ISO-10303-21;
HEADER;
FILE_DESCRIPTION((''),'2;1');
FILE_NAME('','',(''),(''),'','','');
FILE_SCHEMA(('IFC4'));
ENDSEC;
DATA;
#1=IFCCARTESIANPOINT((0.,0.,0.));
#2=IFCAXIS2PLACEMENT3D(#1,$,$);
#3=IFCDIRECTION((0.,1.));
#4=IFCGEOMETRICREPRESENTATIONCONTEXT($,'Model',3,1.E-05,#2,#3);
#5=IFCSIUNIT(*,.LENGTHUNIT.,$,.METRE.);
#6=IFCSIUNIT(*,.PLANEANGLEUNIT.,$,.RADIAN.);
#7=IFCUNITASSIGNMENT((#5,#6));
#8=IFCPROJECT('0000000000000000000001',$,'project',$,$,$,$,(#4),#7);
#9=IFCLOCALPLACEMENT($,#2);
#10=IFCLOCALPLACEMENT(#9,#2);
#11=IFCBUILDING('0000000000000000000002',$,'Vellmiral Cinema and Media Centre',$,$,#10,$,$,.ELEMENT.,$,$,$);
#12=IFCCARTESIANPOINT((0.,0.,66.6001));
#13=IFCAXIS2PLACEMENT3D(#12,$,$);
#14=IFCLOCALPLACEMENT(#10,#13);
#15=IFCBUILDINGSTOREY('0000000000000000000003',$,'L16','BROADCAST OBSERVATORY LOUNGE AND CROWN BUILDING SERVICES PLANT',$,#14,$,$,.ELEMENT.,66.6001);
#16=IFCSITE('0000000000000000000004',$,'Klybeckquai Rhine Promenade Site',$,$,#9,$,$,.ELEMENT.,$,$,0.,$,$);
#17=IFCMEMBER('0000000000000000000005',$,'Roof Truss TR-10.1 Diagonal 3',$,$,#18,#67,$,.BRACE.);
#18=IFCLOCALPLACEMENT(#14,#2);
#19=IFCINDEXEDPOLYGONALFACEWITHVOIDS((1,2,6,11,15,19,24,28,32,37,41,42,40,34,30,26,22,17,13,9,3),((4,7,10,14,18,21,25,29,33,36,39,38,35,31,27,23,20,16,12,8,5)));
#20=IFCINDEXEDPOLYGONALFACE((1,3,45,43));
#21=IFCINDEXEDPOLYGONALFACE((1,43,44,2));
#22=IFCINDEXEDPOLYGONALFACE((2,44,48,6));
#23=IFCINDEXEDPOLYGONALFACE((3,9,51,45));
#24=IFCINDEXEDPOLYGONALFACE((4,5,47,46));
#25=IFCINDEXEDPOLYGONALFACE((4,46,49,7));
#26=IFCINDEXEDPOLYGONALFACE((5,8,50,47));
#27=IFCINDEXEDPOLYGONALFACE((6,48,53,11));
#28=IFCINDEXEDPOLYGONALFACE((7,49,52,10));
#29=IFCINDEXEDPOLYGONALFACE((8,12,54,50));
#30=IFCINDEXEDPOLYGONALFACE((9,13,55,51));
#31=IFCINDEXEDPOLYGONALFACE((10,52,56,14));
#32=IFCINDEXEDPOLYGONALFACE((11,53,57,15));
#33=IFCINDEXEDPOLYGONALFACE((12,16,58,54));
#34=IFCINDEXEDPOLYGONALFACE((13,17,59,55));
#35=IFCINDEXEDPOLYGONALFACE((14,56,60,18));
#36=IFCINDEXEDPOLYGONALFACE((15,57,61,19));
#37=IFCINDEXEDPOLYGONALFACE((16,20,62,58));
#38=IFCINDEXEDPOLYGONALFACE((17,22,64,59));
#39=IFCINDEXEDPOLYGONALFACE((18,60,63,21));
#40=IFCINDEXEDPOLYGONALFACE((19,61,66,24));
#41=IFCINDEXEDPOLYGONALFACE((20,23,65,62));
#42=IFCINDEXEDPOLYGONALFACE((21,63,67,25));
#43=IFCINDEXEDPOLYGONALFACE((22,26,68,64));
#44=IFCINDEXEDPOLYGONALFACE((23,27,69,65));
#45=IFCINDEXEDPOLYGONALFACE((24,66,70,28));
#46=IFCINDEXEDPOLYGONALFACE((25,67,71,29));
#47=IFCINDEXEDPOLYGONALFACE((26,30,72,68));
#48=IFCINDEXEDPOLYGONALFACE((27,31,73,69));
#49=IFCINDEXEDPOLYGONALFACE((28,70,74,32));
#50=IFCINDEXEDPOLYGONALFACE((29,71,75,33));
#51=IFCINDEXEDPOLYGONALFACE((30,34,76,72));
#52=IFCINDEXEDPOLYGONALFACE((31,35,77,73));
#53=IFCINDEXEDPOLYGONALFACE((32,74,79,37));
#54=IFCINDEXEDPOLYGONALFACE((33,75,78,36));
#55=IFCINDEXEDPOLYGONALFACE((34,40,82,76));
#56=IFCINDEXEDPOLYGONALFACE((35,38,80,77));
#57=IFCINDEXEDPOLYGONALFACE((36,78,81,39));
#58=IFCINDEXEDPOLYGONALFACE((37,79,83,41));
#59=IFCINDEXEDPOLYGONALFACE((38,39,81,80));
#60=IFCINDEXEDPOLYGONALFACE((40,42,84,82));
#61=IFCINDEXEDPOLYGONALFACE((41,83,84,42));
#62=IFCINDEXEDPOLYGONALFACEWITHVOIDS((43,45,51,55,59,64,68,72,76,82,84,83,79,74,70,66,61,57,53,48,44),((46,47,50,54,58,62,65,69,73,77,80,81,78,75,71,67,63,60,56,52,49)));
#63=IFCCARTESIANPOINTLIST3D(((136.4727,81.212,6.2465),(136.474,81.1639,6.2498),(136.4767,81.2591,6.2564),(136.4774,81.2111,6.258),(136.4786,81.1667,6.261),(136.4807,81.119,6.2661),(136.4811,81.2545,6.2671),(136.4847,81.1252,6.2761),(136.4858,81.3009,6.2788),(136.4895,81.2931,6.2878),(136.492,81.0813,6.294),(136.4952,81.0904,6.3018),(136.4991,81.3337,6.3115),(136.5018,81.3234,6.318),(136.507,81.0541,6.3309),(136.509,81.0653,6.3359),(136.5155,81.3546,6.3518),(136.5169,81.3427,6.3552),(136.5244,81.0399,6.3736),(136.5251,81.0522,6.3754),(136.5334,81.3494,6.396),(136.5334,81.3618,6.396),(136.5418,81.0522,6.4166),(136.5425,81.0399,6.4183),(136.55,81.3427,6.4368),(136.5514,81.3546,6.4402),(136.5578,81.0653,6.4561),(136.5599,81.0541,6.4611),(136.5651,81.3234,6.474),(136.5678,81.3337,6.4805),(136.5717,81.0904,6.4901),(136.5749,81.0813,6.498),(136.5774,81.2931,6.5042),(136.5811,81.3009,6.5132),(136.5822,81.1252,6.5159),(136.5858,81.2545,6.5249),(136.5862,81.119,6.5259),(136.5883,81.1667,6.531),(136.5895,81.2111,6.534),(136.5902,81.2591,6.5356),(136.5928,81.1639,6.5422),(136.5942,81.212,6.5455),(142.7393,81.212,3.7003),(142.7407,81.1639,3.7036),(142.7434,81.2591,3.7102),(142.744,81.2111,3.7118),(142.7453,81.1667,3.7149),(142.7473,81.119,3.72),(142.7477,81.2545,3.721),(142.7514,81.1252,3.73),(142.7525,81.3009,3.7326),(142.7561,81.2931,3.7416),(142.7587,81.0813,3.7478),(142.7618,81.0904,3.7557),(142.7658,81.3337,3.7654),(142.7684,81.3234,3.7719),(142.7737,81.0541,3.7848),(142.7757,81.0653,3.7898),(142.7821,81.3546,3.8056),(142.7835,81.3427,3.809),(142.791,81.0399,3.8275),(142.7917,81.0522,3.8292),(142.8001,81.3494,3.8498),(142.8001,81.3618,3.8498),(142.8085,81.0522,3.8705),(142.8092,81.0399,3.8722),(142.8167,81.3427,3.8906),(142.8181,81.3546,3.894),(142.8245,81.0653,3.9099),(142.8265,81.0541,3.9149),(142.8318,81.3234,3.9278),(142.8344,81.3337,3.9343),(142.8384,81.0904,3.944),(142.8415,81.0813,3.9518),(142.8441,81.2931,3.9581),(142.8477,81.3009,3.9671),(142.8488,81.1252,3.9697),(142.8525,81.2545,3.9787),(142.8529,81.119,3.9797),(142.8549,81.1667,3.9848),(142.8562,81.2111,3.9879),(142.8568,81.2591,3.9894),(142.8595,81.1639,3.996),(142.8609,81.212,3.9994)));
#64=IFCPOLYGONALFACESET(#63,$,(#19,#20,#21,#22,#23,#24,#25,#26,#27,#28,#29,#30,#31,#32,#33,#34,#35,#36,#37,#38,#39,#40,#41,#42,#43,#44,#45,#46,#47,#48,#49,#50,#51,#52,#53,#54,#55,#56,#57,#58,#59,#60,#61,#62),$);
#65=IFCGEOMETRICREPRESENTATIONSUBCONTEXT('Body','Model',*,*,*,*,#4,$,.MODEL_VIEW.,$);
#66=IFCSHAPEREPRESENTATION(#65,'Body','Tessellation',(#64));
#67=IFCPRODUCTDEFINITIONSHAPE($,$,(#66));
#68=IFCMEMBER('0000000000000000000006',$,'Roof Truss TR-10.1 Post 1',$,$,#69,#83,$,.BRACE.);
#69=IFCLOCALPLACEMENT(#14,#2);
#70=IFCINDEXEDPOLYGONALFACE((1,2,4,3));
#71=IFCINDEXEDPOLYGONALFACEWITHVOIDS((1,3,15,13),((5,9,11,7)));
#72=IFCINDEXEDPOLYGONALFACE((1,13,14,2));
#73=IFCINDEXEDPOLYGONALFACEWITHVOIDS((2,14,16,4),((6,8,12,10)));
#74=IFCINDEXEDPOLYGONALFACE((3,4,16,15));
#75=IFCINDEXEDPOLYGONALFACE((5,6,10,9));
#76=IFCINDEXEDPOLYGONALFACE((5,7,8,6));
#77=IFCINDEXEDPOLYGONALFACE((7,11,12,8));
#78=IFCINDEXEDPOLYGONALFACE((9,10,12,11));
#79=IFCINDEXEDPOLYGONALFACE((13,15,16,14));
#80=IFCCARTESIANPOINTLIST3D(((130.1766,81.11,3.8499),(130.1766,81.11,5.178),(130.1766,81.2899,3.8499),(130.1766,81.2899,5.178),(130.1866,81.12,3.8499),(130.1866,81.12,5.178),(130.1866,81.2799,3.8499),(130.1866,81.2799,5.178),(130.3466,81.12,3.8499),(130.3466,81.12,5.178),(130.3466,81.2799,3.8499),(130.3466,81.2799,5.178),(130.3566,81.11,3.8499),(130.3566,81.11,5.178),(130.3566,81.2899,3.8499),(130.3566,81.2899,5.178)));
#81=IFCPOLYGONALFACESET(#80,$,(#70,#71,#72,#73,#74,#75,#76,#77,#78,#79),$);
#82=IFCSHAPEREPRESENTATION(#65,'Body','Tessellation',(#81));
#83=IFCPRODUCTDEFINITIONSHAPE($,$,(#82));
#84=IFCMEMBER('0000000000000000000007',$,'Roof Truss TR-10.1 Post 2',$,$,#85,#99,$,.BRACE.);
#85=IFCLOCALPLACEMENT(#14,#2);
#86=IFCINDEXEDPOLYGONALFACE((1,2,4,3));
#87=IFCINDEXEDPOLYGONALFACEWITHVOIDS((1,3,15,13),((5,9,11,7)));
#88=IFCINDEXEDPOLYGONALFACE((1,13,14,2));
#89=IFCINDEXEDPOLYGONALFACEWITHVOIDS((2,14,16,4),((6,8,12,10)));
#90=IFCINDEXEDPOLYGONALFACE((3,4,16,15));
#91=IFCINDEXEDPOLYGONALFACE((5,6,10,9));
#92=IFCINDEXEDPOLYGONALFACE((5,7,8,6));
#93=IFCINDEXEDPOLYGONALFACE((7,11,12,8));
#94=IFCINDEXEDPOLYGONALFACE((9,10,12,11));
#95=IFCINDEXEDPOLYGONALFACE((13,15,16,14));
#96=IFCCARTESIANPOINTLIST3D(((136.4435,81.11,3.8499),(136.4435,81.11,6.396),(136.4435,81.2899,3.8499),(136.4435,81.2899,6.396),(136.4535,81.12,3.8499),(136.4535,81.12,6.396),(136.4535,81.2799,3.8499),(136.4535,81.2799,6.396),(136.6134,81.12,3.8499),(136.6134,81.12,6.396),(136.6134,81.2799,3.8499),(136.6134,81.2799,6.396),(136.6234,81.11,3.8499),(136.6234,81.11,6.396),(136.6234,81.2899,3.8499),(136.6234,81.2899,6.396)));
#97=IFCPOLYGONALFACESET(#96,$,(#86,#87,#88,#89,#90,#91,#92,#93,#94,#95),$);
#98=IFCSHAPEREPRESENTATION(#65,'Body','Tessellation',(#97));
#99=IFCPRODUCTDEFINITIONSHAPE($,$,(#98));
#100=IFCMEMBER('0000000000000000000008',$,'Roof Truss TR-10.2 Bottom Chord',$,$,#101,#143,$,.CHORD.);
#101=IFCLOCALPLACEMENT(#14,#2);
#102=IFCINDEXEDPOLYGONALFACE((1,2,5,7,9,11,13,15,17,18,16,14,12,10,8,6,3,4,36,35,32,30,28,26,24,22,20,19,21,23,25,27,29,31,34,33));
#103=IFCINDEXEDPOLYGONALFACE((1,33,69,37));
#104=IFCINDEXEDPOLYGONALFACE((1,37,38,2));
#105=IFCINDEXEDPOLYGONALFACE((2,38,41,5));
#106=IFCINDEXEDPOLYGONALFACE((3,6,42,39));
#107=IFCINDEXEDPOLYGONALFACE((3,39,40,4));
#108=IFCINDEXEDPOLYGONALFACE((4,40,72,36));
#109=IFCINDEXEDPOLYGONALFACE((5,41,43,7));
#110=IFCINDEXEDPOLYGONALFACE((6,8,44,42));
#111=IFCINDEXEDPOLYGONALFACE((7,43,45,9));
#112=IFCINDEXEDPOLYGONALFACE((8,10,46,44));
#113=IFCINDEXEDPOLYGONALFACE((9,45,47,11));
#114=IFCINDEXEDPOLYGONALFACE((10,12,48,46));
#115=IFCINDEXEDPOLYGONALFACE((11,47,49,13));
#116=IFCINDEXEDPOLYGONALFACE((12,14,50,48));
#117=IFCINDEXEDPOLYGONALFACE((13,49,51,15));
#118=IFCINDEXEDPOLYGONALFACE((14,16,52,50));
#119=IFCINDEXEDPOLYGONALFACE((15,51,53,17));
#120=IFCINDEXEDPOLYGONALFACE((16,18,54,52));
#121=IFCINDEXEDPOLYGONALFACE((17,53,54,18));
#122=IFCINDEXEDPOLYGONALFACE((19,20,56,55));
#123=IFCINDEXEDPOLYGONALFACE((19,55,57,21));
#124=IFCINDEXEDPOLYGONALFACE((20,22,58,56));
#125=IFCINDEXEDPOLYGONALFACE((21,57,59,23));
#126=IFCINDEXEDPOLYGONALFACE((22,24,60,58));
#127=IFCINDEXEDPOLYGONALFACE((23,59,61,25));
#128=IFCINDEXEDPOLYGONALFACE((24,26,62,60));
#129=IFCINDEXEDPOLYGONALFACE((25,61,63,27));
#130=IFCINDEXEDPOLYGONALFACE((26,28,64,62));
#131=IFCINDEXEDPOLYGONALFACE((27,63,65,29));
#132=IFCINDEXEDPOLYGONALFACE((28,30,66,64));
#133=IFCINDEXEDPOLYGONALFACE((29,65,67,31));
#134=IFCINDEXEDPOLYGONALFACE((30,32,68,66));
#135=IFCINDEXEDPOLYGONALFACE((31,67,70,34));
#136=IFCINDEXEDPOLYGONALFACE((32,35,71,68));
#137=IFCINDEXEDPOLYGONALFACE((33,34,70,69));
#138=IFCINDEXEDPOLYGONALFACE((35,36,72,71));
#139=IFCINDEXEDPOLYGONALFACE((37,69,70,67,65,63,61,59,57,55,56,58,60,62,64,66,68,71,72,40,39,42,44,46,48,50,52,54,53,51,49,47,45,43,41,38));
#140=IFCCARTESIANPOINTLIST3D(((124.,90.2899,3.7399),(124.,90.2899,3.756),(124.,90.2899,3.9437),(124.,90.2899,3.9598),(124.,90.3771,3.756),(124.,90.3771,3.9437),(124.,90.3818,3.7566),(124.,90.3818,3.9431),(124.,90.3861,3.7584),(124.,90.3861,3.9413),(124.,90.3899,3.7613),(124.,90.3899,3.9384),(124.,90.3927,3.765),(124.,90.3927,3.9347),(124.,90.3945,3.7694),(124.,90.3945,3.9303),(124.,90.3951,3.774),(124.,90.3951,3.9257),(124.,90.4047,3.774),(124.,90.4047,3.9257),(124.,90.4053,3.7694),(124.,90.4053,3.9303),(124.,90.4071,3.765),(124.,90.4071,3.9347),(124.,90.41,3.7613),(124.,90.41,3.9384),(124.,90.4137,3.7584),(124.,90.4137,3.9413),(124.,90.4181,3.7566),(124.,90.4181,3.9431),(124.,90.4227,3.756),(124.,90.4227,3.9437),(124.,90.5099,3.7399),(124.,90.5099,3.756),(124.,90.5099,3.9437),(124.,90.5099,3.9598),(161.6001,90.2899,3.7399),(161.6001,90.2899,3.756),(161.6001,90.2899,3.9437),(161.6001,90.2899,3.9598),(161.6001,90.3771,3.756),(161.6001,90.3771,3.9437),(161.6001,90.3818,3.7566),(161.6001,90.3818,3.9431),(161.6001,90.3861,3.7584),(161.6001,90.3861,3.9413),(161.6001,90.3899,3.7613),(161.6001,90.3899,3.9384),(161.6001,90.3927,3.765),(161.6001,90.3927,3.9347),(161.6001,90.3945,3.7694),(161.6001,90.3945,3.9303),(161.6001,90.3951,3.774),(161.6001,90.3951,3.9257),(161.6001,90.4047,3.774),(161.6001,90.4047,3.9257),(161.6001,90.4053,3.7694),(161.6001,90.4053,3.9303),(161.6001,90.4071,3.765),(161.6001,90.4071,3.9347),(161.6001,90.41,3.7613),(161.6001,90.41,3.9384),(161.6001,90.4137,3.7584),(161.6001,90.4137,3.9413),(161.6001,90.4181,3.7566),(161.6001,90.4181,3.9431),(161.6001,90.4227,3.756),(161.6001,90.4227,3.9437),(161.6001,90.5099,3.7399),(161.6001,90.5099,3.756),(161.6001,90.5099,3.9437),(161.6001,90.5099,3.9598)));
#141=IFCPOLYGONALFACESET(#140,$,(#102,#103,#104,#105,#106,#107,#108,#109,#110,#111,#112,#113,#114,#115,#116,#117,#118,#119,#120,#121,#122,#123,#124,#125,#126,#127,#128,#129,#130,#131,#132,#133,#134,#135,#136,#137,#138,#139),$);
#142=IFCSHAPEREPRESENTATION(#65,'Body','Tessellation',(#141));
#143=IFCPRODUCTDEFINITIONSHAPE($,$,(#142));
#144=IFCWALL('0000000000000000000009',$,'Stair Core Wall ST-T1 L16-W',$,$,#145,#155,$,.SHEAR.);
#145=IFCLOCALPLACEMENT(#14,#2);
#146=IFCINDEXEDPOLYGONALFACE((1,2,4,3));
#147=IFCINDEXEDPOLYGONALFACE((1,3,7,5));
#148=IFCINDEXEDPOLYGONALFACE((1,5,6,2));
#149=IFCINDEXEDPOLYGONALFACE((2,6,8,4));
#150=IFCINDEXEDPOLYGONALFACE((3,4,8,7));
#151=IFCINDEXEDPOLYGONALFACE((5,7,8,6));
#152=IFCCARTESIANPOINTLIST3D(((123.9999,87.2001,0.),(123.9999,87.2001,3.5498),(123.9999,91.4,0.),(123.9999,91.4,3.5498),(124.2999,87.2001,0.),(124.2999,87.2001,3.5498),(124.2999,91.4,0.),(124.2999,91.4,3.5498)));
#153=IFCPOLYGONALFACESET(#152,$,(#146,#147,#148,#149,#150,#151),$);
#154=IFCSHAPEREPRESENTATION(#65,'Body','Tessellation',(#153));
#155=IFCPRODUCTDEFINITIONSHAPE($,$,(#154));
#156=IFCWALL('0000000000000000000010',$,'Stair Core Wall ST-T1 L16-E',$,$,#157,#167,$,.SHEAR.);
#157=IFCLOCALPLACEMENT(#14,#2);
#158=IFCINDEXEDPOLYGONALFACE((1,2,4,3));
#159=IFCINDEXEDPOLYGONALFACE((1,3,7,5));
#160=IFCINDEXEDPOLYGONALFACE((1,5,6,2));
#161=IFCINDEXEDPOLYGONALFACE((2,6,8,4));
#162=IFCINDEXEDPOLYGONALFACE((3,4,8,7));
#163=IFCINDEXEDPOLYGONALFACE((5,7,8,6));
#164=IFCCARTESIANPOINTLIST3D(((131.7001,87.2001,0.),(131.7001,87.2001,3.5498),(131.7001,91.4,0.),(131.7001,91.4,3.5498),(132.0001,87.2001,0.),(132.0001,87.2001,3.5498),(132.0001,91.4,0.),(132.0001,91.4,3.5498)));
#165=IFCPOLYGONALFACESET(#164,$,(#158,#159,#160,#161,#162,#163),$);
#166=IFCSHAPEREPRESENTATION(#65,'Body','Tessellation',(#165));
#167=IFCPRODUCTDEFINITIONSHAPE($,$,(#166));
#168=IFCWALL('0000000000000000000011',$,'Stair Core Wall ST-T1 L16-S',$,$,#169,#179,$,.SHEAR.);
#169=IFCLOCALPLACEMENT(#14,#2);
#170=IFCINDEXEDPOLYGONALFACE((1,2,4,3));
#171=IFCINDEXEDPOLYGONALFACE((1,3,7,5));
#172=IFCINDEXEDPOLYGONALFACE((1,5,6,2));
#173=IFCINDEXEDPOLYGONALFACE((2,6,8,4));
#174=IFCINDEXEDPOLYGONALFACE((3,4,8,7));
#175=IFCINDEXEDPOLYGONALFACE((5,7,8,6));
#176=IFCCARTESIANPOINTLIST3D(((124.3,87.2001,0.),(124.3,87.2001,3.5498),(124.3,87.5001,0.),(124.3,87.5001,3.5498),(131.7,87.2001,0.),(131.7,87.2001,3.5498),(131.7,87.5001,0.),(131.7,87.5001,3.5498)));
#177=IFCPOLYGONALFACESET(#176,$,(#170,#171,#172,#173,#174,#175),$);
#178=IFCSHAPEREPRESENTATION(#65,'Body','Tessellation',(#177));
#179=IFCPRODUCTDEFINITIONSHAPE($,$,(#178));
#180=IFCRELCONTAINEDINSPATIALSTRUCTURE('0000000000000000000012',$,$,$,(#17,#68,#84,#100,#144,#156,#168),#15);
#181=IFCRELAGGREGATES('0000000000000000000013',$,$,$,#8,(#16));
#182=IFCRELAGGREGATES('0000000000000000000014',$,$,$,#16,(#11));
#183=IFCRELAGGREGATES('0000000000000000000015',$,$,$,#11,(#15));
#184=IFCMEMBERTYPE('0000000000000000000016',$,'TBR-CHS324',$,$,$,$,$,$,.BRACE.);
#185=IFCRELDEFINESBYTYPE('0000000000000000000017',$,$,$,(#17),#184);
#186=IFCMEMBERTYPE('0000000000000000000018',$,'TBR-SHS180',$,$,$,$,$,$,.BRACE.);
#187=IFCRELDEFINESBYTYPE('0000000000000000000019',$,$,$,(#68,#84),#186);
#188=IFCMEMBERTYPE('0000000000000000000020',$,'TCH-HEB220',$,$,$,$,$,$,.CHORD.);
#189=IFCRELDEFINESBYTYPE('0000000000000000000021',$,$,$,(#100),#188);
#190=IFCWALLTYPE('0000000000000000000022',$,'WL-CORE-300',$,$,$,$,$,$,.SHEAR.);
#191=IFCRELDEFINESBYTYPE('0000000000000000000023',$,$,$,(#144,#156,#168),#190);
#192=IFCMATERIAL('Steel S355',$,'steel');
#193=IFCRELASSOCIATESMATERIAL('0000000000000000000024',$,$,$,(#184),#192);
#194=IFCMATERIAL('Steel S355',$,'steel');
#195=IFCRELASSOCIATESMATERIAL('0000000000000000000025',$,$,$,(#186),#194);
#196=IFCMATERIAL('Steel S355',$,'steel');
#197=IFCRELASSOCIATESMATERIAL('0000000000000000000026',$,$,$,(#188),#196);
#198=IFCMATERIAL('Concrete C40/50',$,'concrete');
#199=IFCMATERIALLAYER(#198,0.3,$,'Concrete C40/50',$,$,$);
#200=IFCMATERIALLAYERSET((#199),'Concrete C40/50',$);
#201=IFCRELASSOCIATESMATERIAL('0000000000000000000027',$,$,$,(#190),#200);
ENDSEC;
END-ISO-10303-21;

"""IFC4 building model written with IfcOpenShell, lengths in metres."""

from ifc_helpers import new_model, si_unit, direction, frame, frame_2d, origin, origin_2d, place, context, subcontext, project, spatial, rectangle, hollow_rectangle, hollow_circle, i_section, extrude, material, layer, layer_set, material_profile, profile_set, type_object, element, save


model = new_model("IFC4")

# Units and contexts
model_context = context("Model", 3, precision=1e-05, world=origin(), true_north=direction((0.0, 1.0)))
body_context = subcontext(model_context, "Body", "Model", "MODEL_VIEW")
ifc_project = project(units=[si_unit("LENGTHUNIT", "METRE"), si_unit("PLANEANGLEUNIT", "RADIAN")], contexts=[model_context])

# Site, building, storey
site_placement = place(None, origin())
site = spatial("IfcSite", under=ifc_project, at=site_placement, Name="Klybeckquai Rhine Promenade Site", CompositionType="ELEMENT", RefElevation=0.0)
building_placement = place(site_placement, origin())
building = spatial("IfcBuilding", under=site, at=building_placement, Name="Vellmiral Cinema and Media Centre", CompositionType="ELEMENT")
storey_placement = place(building_placement, frame((0.0, 0.0, 66.6001)))
storey = spatial("IfcBuildingStorey", under=building, at=storey_placement, Name="L16", Description="BROADCAST OBSERVATORY LOUNGE AND CROWN BUILDING SERVICES PLANT", CompositionType="ELEMENT", Elevation=66.6001)

# Members
ifc_material_1 = material(Name="Steel S355", Category="steel")
ifc_material_profile_1 = material_profile(ifc_material_1, hollow_circle(Radius=0.1619, WallThickness=0.0125, at=origin_2d()), Name="CHS 323.9x12.5")
ifc_profile_set_1 = profile_set([ifc_material_profile_1], Name="Steel S355")
member_type_1 = type_object("IfcMemberType", Name="TBR-CHS324", PredefinedType="BRACE", material=ifc_profile_set_1)
member_1_placement = place(storey_placement, frame((136.5334, 81.2, 6.396), z_axis=(0.926449, 0.0, -0.37642), x_axis=(0.0, 1.0, 0.0)))
element("IfcMember", 1, at=member_1_placement, inside=storey, type_object=member_type_1, Name="Roof Truss TR-10.1 Diagonal 3", PredefinedType="BRACE", context=body_context, shape_type="SweptSolid", body=[
    extrude(hollow_circle(Radius=0.1619, WallThickness=0.0125, at=origin_2d()), origin(), (0.0, 0.0, 1.0), 6.7642),
])
ifc_material_2 = material(Name="Steel S355", Category="steel")
ifc_material_profile_2 = material_profile(ifc_material_2, hollow_rectangle(XDim=0.1799, YDim=0.1799, WallThickness=0.01, at=origin_2d()), Name="SHS 180x180x10.0")
ifc_profile_set_2 = profile_set([ifc_material_profile_2], Name="Steel S355")
member_type_2 = type_object("IfcMemberType", Name="TBR-SHS180", PredefinedType="BRACE", material=ifc_profile_set_2)
member_2_placement = place(storey_placement, frame((130.2666, 81.2, 3.8499), z_axis=(0.0, 0.0, 1.0), x_axis=(1.0, 0.0, 0.0)))
element("IfcMember", 2, at=member_2_placement, inside=storey, type_object=member_type_2, Name="Roof Truss TR-10.1 Post 1", PredefinedType="BRACE", context=body_context, shape_type="SweptSolid", body=[
    extrude(hollow_rectangle(XDim=0.1799, YDim=0.1799, WallThickness=0.01, at=origin_2d()), origin(), (0.0, 0.0, 1.0), 1.3281),
])
member_3_placement = place(storey_placement, frame((136.5334, 81.2, 3.8499), z_axis=(0.0, 0.0, 1.0), x_axis=(1.0, 0.0, 0.0)))
element("IfcMember", 3, at=member_3_placement, inside=storey, type_object=member_type_2, Name="Roof Truss TR-10.1 Post 2", PredefinedType="BRACE", context=body_context, shape_type="SweptSolid", body=[
    extrude(hollow_rectangle(XDim=0.1799, YDim=0.1799, WallThickness=0.01, at=origin_2d()), origin(), (0.0, 0.0, 1.0), 2.5461),
])
ifc_material_3 = material(Name="Steel S355", Category="steel")
ifc_material_profile_3 = material_profile(ifc_material_3, i_section(OverallWidth=0.22, OverallDepth=0.22, WebThickness=0.0095, FlangeThickness=0.0161, FilletRadius=0.0181, at=origin_2d()), Name="HEB 220")
ifc_profile_set_3 = profile_set([ifc_material_profile_3], Name="Steel S355")
member_type_3 = type_object("IfcMemberType", Name="TCH-HEB220", PredefinedType="CHORD", material=ifc_profile_set_3)
member_4_placement = place(storey_placement, frame((124.0, 90.3999, 3.8499), z_axis=(1.0, 0.0, 0.0), x_axis=(0.0, 1.0, 0.0)))
element("IfcMember", 4, at=member_4_placement, inside=storey, type_object=member_type_3, Name="Roof Truss TR-10.2 Bottom Chord", PredefinedType="CHORD", context=body_context, shape_type="SweptSolid", body=[
    extrude(i_section(OverallWidth=0.22, OverallDepth=0.22, WebThickness=0.0095, FlangeThickness=0.0161, FilletRadius=0.0181, at=origin_2d()), origin(), (0.0, 0.0, 1.0), 37.6001),
])

# Walls
ifc_material_4 = material(Name="Concrete C40/50", Category="concrete")
ifc_layer_1 = layer(ifc_material_4, 0.3, Name="Concrete C40/50")
ifc_layer_set_1 = layer_set([ifc_layer_1], Name="Concrete C40/50")
wall_type_1 = type_object("IfcWallType", Name="WL-CORE-300", PredefinedType="SHEAR", material=ifc_layer_set_1)
for number, where, z_axis, x_axis, name in (
    (5, (124.1499, 87.2, 0.0), (0.0, 0.0, 1.0), (0.0, 1.0, 0.0), "Stair Core Wall ST-T1 L16-W"),
    (6, (131.8501, 87.2, 0.0), (0.0, 0.0, 1.0), (0.0, 1.0, 0.0), "Stair Core Wall ST-T1 L16-E"),
):
    element("IfcWall", number, at=place(storey_placement, frame(where, z_axis=z_axis, x_axis=x_axis)), inside=storey, type_object=wall_type_1, Name=name, PredefinedType="SHEAR", context=body_context, shape_type="SweptSolid", body=[
        extrude(rectangle(XDim=4.2, YDim=0.3, at=frame_2d((2.1001, 0.0))), origin(), (0.0, 0.0, 1.0), 3.5498),
    ])
wall_1_placement = place(storey_placement, frame((124.3, 87.3501, 0.0), z_axis=(0.0, 0.0, 1.0), x_axis=(1.0, 0.0, 0.0)))
element("IfcWall", 7, at=wall_1_placement, inside=storey, type_object=wall_type_1, Name="Stair Core Wall ST-T1 L16-S", PredefinedType="SHEAR", context=body_context, shape_type="SweptSolid", body=[
    extrude(rectangle(XDim=7.3999, YDim=0.3, at=frame_2d((3.7, 0.0))), origin(), (0.0, 0.0, 1.0), 3.5498),
])

save(model, "model.ifc")
